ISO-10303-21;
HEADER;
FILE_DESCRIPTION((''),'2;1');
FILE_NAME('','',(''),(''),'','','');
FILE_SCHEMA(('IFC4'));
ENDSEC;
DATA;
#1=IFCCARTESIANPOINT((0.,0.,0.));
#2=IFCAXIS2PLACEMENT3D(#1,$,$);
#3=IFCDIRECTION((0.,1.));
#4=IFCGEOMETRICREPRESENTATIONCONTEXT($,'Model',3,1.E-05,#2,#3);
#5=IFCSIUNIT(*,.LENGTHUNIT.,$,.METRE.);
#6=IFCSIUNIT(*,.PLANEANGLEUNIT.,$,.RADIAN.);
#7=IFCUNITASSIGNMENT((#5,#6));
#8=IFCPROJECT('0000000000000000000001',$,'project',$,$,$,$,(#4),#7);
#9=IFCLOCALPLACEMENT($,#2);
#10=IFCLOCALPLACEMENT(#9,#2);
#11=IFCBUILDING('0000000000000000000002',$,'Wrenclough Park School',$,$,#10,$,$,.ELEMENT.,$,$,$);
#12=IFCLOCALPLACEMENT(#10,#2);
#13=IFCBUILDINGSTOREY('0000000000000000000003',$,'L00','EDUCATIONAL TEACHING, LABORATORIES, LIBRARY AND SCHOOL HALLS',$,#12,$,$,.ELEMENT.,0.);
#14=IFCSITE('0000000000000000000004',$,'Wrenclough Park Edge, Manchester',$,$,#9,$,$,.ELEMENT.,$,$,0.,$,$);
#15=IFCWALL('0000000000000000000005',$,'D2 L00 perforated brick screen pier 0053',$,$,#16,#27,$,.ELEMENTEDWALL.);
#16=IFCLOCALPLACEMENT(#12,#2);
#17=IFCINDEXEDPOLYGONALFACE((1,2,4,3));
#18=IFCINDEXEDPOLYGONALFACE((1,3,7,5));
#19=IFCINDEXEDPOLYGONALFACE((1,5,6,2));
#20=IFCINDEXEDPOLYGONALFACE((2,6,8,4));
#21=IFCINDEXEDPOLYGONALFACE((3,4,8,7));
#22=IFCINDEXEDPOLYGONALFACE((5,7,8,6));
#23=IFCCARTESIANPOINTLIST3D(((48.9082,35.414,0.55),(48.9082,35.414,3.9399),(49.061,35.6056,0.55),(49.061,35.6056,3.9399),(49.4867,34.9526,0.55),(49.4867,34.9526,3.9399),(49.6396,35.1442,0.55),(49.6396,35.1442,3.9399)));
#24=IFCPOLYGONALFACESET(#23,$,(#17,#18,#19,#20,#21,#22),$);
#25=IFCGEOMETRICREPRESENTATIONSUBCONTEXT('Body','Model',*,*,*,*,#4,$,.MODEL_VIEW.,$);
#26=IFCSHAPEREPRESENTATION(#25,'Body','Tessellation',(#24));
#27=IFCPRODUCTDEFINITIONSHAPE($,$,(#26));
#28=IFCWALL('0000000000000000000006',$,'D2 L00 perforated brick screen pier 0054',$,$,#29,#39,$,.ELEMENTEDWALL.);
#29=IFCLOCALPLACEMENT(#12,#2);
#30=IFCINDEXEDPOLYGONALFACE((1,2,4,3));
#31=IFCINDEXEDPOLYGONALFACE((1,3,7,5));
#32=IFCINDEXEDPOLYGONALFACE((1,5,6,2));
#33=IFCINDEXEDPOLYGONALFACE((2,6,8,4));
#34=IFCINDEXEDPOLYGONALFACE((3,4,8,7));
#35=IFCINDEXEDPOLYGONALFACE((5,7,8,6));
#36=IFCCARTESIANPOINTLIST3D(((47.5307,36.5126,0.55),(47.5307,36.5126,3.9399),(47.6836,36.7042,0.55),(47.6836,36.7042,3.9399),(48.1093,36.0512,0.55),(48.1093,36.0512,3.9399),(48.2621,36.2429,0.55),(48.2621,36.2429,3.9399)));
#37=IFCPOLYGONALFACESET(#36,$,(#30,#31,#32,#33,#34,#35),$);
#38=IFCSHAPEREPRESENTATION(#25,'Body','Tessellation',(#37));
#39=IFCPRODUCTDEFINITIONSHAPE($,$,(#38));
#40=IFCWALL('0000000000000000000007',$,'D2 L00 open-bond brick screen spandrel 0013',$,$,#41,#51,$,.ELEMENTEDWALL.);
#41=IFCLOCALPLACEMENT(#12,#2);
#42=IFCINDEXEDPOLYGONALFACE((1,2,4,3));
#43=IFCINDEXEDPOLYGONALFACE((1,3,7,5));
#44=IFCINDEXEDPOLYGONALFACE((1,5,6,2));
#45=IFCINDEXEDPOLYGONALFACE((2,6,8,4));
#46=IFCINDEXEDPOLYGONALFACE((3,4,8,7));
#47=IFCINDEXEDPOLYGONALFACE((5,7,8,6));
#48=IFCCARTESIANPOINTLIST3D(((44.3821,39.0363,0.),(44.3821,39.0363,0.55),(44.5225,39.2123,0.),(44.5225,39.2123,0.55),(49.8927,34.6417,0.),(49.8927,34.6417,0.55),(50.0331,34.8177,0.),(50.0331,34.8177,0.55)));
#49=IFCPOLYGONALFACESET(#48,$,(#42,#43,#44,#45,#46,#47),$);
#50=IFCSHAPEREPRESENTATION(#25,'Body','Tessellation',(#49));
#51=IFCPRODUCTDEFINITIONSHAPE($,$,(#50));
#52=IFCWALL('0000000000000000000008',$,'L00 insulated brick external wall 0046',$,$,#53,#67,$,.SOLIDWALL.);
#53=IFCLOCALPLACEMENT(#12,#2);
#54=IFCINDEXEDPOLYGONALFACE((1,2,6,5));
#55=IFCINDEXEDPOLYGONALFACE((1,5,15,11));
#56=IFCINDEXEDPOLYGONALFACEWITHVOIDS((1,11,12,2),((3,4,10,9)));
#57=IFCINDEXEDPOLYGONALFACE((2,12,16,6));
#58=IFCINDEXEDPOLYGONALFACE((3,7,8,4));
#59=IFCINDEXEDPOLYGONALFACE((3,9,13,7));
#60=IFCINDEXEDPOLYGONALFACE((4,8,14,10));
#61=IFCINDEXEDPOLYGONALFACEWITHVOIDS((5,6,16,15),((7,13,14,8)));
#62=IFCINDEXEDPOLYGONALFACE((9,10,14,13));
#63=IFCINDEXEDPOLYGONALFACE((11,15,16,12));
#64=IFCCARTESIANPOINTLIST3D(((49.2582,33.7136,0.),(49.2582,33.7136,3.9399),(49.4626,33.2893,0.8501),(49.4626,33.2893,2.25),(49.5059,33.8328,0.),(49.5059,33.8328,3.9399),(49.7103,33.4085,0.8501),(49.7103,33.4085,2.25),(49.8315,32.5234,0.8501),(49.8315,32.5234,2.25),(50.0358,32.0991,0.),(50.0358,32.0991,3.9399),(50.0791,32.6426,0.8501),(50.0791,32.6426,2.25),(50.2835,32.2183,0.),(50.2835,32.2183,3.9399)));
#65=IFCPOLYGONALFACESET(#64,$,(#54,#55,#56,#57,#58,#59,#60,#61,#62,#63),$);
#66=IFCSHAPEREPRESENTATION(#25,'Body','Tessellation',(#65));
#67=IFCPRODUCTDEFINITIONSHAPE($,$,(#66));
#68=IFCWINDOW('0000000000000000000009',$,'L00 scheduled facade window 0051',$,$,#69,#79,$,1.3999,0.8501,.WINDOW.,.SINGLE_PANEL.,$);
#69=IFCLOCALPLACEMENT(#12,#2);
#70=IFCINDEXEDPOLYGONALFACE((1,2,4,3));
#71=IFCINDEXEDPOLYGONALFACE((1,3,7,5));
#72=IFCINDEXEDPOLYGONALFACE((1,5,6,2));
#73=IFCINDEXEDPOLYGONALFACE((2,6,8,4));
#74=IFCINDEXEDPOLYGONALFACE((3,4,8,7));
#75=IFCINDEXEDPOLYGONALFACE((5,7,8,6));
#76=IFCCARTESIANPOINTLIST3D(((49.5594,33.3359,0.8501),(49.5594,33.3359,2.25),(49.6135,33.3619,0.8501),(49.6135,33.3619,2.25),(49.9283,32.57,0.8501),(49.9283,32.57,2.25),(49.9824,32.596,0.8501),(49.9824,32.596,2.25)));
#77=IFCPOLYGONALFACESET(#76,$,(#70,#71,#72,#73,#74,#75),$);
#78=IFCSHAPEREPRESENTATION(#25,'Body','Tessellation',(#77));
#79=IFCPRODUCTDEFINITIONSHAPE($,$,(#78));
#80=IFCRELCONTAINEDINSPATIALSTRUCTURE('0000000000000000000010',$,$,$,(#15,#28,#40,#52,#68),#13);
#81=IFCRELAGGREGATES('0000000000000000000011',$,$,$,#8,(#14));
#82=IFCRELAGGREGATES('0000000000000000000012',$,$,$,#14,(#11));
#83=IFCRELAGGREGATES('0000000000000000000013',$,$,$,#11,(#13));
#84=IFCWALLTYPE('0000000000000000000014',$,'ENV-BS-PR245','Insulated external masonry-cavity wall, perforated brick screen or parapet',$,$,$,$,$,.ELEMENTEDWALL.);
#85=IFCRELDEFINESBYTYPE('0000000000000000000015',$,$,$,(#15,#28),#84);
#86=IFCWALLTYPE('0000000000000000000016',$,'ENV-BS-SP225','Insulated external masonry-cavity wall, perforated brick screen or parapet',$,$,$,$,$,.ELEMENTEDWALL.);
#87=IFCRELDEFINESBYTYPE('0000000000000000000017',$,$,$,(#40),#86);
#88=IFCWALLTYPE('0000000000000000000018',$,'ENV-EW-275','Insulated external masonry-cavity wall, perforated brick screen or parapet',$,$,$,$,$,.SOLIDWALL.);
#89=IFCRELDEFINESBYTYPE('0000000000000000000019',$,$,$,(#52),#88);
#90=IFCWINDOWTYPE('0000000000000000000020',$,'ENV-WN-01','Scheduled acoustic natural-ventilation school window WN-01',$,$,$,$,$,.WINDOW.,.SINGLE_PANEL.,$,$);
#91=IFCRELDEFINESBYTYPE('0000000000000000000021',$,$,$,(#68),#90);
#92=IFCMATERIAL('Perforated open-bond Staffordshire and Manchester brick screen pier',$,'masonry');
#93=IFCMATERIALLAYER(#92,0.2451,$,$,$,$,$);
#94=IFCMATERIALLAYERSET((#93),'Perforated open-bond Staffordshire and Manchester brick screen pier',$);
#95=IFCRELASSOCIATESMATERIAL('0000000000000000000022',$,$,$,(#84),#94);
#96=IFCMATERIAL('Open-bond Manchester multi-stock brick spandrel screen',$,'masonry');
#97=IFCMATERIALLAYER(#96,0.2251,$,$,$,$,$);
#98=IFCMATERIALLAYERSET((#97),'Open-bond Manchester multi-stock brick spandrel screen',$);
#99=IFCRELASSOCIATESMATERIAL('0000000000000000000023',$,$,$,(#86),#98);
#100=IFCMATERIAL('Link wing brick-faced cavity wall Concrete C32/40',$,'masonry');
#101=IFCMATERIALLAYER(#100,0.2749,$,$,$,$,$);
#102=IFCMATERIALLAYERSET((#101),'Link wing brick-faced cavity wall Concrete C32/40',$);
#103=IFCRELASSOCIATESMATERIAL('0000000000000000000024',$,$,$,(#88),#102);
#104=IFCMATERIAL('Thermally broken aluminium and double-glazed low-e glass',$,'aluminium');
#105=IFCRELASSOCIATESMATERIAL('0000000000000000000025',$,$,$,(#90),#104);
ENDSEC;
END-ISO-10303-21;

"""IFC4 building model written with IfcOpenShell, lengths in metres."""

from ifc_helpers import new_model, si_unit, direction, frame, frame_2d, origin, place, context, subcontext, project, spatial, rectangle, extrude, material, layer, layer_set, type_object, element, fill, save


model = new_model("IFC4")

# Units and contexts
model_context = context("Model", 3, precision=1e-05, world=origin(), true_north=direction((0.0, 1.0)))
body_context = subcontext(model_context, "Body", "Model", "MODEL_VIEW")
ifc_project = project(units=[si_unit("LENGTHUNIT", "METRE"), si_unit("PLANEANGLEUNIT", "RADIAN")], contexts=[model_context])

# Site, building, storey
site_placement = place(None, origin())
site = spatial("IfcSite", under=ifc_project, at=site_placement, Name="Wrenclough Park Edge, Manchester", CompositionType="ELEMENT", RefElevation=0.0)
building_placement = place(site_placement, origin())
building = spatial("IfcBuilding", under=site, at=building_placement, Name="Wrenclough Park School", CompositionType="ELEMENT")
storey_placement = place(building_placement, origin())
storey = spatial("IfcBuildingStorey", under=building, at=storey_placement, Name="L00", Description="EDUCATIONAL TEACHING, LABORATORIES, LIBRARY AND SCHOOL HALLS", CompositionType="ELEMENT", Elevation=0.0)

# Walls
ifc_material_1 = material(Name="Perforated open-bond Staffordshire and Manchester brick screen pier", Category="masonry")
ifc_layer_1 = layer(ifc_material_1, 0.2451)
ifc_layer_set_1 = layer_set([ifc_layer_1], Name="Perforated open-bond Staffordshire and Manchester brick screen pier")
wall_type_1 = type_object("IfcWallType", Name="ENV-BS-PR245", Description="Insulated external masonry-cavity wall, perforated brick screen or parapet", PredefinedType="ELEMENTEDWALL", material=ifc_layer_set_1)
for number, where, z_axis, x_axis, name in (
    (1, (49.5632, 35.0483, 0.55), (0.0, 0.0, 1.0), (-0.781833, 0.623487, 0.0), "D2 L00 perforated brick screen pier 0053"),
    (2, (48.1858, 36.147, 0.55), (0.0, 0.0, 1.0), (-0.781833, 0.623487, 0.0), "D2 L00 perforated brick screen pier 0054"),
):
    element("IfcWall", number, at=place(storey_placement, frame(where, z_axis=z_axis, x_axis=x_axis)), inside=storey, type_object=wall_type_1, Name=name, PredefinedType="ELEMENTEDWALL", context=body_context, shape_type="SweptSolid", body=[
        extrude(rectangle(XDim=0.74, YDim=0.2451, at=frame_2d((0.3701, 0.0))), origin(), (0.0, 0.0, 1.0), 3.3899),
    ])
ifc_material_2 = material(Name="Open-bond Manchester multi-stock brick spandrel screen", Category="masonry")
ifc_layer_2 = layer(ifc_material_2, 0.2251)
ifc_layer_set_2 = layer_set([ifc_layer_2], Name="Open-bond Manchester multi-stock brick spandrel screen")
wall_type_2 = type_object("IfcWallType", Name="ENV-BS-SP225", Description="Insulated external masonry-cavity wall, perforated brick screen or parapet", PredefinedType="ELEMENTEDWALL", material=ifc_layer_set_2)
wall_1_placement = place(storey_placement, frame((49.9629, 34.7297, 0.0), z_axis=(0.0, 0.0, 1.0), x_axis=(-0.781828, 0.623495, 0.0)))
element("IfcWall", 3, at=wall_1_placement, inside=storey, type_object=wall_type_2, Name="D2 L00 open-bond brick screen spandrel 0013", PredefinedType="ELEMENTEDWALL", context=body_context, shape_type="SweptSolid", body=[
    extrude(rectangle(XDim=7.0483, YDim=0.2251, at=frame_2d((3.5242, 0.0))), origin(), (0.0, 0.0, 1.0), 0.55),
])

# Wall, opening, window
ifc_material_3 = material(Name="Link wing brick-faced cavity wall Concrete C32/40", Category="masonry")
ifc_layer_3 = layer(ifc_material_3, 0.2749)
ifc_layer_set_3 = layer_set([ifc_layer_3], Name="Link wing brick-faced cavity wall Concrete C32/40")
wall_type_3 = type_object("IfcWallType", Name="ENV-EW-275", Description="Insulated external masonry-cavity wall, perforated brick screen or parapet", PredefinedType="SOLIDWALL", material=ifc_layer_set_3)
wall_2_placement = place(storey_placement, frame((49.3821, 33.7732, 0.0), z_axis=(0.0, 0.0, 1.0), x_axis=(0.433922, -0.90095, 0.0)))
wall_2 = element("IfcWall", 4, at=wall_2_placement, inside=storey, type_object=wall_type_3, Name="L00 insulated brick external wall 0046", PredefinedType="SOLIDWALL", context=body_context, shape_type="SweptSolid", body=[
    extrude(rectangle(XDim=1.792, YDim=0.2749, at=frame_2d((0.896, 0.0))), origin(), (0.0, 0.0, 1.0), 3.9399),
])
opening_placement = place(wall_2_placement, frame((0.4709, 0.0, 0.8501)))
opening = element("IfcOpeningElement", 5, at=opening_placement, cuts=wall_2, PredefinedType="OPENING", context=body_context, shape_type="SweptSolid", body=[
    extrude(rectangle(XDim=0.8501, YDim=1.3999, at=frame_2d((0.425, 0.7))), frame((0.0, 0.1475, 0.0), z_axis=(0.0, -1.0, 0.0), x_axis=(1.0, 0.0, 0.0)), (0.0, 0.0, 1.0), 0.2949),
])
ifc_material_4 = material(Name="Thermally broken aluminium and double-glazed low-e glass", Category="aluminium")
window_type = type_object("IfcWindowType", Name="ENV-WN-01", Description="Scheduled acoustic natural-ventilation school window WN-01", PartitioningType="SINGLE_PANEL", PredefinedType="WINDOW", material=ifc_material_4)
window_placement = place(opening_placement, origin())
window = element("IfcWindow", 6, at=window_placement, inside=storey, type_object=window_type, Name="L00 scheduled facade window 0051", OverallHeight=1.3999, OverallWidth=0.8501, PartitioningType="SINGLE_PANEL", PredefinedType="WINDOW", context=body_context, shape_type="SweptSolid", body=[
    extrude(rectangle(XDim=0.8501, YDim=1.3999, at=frame_2d((0.425, 0.7))), frame((0.0, 0.03, 0.0), z_axis=(0.0, -1.0, 0.0), x_axis=(1.0, 0.0, 0.0)), (0.0, 0.0, 1.0), 0.0601),
])
fill(opening, window)

save(model, "model.ifc")
